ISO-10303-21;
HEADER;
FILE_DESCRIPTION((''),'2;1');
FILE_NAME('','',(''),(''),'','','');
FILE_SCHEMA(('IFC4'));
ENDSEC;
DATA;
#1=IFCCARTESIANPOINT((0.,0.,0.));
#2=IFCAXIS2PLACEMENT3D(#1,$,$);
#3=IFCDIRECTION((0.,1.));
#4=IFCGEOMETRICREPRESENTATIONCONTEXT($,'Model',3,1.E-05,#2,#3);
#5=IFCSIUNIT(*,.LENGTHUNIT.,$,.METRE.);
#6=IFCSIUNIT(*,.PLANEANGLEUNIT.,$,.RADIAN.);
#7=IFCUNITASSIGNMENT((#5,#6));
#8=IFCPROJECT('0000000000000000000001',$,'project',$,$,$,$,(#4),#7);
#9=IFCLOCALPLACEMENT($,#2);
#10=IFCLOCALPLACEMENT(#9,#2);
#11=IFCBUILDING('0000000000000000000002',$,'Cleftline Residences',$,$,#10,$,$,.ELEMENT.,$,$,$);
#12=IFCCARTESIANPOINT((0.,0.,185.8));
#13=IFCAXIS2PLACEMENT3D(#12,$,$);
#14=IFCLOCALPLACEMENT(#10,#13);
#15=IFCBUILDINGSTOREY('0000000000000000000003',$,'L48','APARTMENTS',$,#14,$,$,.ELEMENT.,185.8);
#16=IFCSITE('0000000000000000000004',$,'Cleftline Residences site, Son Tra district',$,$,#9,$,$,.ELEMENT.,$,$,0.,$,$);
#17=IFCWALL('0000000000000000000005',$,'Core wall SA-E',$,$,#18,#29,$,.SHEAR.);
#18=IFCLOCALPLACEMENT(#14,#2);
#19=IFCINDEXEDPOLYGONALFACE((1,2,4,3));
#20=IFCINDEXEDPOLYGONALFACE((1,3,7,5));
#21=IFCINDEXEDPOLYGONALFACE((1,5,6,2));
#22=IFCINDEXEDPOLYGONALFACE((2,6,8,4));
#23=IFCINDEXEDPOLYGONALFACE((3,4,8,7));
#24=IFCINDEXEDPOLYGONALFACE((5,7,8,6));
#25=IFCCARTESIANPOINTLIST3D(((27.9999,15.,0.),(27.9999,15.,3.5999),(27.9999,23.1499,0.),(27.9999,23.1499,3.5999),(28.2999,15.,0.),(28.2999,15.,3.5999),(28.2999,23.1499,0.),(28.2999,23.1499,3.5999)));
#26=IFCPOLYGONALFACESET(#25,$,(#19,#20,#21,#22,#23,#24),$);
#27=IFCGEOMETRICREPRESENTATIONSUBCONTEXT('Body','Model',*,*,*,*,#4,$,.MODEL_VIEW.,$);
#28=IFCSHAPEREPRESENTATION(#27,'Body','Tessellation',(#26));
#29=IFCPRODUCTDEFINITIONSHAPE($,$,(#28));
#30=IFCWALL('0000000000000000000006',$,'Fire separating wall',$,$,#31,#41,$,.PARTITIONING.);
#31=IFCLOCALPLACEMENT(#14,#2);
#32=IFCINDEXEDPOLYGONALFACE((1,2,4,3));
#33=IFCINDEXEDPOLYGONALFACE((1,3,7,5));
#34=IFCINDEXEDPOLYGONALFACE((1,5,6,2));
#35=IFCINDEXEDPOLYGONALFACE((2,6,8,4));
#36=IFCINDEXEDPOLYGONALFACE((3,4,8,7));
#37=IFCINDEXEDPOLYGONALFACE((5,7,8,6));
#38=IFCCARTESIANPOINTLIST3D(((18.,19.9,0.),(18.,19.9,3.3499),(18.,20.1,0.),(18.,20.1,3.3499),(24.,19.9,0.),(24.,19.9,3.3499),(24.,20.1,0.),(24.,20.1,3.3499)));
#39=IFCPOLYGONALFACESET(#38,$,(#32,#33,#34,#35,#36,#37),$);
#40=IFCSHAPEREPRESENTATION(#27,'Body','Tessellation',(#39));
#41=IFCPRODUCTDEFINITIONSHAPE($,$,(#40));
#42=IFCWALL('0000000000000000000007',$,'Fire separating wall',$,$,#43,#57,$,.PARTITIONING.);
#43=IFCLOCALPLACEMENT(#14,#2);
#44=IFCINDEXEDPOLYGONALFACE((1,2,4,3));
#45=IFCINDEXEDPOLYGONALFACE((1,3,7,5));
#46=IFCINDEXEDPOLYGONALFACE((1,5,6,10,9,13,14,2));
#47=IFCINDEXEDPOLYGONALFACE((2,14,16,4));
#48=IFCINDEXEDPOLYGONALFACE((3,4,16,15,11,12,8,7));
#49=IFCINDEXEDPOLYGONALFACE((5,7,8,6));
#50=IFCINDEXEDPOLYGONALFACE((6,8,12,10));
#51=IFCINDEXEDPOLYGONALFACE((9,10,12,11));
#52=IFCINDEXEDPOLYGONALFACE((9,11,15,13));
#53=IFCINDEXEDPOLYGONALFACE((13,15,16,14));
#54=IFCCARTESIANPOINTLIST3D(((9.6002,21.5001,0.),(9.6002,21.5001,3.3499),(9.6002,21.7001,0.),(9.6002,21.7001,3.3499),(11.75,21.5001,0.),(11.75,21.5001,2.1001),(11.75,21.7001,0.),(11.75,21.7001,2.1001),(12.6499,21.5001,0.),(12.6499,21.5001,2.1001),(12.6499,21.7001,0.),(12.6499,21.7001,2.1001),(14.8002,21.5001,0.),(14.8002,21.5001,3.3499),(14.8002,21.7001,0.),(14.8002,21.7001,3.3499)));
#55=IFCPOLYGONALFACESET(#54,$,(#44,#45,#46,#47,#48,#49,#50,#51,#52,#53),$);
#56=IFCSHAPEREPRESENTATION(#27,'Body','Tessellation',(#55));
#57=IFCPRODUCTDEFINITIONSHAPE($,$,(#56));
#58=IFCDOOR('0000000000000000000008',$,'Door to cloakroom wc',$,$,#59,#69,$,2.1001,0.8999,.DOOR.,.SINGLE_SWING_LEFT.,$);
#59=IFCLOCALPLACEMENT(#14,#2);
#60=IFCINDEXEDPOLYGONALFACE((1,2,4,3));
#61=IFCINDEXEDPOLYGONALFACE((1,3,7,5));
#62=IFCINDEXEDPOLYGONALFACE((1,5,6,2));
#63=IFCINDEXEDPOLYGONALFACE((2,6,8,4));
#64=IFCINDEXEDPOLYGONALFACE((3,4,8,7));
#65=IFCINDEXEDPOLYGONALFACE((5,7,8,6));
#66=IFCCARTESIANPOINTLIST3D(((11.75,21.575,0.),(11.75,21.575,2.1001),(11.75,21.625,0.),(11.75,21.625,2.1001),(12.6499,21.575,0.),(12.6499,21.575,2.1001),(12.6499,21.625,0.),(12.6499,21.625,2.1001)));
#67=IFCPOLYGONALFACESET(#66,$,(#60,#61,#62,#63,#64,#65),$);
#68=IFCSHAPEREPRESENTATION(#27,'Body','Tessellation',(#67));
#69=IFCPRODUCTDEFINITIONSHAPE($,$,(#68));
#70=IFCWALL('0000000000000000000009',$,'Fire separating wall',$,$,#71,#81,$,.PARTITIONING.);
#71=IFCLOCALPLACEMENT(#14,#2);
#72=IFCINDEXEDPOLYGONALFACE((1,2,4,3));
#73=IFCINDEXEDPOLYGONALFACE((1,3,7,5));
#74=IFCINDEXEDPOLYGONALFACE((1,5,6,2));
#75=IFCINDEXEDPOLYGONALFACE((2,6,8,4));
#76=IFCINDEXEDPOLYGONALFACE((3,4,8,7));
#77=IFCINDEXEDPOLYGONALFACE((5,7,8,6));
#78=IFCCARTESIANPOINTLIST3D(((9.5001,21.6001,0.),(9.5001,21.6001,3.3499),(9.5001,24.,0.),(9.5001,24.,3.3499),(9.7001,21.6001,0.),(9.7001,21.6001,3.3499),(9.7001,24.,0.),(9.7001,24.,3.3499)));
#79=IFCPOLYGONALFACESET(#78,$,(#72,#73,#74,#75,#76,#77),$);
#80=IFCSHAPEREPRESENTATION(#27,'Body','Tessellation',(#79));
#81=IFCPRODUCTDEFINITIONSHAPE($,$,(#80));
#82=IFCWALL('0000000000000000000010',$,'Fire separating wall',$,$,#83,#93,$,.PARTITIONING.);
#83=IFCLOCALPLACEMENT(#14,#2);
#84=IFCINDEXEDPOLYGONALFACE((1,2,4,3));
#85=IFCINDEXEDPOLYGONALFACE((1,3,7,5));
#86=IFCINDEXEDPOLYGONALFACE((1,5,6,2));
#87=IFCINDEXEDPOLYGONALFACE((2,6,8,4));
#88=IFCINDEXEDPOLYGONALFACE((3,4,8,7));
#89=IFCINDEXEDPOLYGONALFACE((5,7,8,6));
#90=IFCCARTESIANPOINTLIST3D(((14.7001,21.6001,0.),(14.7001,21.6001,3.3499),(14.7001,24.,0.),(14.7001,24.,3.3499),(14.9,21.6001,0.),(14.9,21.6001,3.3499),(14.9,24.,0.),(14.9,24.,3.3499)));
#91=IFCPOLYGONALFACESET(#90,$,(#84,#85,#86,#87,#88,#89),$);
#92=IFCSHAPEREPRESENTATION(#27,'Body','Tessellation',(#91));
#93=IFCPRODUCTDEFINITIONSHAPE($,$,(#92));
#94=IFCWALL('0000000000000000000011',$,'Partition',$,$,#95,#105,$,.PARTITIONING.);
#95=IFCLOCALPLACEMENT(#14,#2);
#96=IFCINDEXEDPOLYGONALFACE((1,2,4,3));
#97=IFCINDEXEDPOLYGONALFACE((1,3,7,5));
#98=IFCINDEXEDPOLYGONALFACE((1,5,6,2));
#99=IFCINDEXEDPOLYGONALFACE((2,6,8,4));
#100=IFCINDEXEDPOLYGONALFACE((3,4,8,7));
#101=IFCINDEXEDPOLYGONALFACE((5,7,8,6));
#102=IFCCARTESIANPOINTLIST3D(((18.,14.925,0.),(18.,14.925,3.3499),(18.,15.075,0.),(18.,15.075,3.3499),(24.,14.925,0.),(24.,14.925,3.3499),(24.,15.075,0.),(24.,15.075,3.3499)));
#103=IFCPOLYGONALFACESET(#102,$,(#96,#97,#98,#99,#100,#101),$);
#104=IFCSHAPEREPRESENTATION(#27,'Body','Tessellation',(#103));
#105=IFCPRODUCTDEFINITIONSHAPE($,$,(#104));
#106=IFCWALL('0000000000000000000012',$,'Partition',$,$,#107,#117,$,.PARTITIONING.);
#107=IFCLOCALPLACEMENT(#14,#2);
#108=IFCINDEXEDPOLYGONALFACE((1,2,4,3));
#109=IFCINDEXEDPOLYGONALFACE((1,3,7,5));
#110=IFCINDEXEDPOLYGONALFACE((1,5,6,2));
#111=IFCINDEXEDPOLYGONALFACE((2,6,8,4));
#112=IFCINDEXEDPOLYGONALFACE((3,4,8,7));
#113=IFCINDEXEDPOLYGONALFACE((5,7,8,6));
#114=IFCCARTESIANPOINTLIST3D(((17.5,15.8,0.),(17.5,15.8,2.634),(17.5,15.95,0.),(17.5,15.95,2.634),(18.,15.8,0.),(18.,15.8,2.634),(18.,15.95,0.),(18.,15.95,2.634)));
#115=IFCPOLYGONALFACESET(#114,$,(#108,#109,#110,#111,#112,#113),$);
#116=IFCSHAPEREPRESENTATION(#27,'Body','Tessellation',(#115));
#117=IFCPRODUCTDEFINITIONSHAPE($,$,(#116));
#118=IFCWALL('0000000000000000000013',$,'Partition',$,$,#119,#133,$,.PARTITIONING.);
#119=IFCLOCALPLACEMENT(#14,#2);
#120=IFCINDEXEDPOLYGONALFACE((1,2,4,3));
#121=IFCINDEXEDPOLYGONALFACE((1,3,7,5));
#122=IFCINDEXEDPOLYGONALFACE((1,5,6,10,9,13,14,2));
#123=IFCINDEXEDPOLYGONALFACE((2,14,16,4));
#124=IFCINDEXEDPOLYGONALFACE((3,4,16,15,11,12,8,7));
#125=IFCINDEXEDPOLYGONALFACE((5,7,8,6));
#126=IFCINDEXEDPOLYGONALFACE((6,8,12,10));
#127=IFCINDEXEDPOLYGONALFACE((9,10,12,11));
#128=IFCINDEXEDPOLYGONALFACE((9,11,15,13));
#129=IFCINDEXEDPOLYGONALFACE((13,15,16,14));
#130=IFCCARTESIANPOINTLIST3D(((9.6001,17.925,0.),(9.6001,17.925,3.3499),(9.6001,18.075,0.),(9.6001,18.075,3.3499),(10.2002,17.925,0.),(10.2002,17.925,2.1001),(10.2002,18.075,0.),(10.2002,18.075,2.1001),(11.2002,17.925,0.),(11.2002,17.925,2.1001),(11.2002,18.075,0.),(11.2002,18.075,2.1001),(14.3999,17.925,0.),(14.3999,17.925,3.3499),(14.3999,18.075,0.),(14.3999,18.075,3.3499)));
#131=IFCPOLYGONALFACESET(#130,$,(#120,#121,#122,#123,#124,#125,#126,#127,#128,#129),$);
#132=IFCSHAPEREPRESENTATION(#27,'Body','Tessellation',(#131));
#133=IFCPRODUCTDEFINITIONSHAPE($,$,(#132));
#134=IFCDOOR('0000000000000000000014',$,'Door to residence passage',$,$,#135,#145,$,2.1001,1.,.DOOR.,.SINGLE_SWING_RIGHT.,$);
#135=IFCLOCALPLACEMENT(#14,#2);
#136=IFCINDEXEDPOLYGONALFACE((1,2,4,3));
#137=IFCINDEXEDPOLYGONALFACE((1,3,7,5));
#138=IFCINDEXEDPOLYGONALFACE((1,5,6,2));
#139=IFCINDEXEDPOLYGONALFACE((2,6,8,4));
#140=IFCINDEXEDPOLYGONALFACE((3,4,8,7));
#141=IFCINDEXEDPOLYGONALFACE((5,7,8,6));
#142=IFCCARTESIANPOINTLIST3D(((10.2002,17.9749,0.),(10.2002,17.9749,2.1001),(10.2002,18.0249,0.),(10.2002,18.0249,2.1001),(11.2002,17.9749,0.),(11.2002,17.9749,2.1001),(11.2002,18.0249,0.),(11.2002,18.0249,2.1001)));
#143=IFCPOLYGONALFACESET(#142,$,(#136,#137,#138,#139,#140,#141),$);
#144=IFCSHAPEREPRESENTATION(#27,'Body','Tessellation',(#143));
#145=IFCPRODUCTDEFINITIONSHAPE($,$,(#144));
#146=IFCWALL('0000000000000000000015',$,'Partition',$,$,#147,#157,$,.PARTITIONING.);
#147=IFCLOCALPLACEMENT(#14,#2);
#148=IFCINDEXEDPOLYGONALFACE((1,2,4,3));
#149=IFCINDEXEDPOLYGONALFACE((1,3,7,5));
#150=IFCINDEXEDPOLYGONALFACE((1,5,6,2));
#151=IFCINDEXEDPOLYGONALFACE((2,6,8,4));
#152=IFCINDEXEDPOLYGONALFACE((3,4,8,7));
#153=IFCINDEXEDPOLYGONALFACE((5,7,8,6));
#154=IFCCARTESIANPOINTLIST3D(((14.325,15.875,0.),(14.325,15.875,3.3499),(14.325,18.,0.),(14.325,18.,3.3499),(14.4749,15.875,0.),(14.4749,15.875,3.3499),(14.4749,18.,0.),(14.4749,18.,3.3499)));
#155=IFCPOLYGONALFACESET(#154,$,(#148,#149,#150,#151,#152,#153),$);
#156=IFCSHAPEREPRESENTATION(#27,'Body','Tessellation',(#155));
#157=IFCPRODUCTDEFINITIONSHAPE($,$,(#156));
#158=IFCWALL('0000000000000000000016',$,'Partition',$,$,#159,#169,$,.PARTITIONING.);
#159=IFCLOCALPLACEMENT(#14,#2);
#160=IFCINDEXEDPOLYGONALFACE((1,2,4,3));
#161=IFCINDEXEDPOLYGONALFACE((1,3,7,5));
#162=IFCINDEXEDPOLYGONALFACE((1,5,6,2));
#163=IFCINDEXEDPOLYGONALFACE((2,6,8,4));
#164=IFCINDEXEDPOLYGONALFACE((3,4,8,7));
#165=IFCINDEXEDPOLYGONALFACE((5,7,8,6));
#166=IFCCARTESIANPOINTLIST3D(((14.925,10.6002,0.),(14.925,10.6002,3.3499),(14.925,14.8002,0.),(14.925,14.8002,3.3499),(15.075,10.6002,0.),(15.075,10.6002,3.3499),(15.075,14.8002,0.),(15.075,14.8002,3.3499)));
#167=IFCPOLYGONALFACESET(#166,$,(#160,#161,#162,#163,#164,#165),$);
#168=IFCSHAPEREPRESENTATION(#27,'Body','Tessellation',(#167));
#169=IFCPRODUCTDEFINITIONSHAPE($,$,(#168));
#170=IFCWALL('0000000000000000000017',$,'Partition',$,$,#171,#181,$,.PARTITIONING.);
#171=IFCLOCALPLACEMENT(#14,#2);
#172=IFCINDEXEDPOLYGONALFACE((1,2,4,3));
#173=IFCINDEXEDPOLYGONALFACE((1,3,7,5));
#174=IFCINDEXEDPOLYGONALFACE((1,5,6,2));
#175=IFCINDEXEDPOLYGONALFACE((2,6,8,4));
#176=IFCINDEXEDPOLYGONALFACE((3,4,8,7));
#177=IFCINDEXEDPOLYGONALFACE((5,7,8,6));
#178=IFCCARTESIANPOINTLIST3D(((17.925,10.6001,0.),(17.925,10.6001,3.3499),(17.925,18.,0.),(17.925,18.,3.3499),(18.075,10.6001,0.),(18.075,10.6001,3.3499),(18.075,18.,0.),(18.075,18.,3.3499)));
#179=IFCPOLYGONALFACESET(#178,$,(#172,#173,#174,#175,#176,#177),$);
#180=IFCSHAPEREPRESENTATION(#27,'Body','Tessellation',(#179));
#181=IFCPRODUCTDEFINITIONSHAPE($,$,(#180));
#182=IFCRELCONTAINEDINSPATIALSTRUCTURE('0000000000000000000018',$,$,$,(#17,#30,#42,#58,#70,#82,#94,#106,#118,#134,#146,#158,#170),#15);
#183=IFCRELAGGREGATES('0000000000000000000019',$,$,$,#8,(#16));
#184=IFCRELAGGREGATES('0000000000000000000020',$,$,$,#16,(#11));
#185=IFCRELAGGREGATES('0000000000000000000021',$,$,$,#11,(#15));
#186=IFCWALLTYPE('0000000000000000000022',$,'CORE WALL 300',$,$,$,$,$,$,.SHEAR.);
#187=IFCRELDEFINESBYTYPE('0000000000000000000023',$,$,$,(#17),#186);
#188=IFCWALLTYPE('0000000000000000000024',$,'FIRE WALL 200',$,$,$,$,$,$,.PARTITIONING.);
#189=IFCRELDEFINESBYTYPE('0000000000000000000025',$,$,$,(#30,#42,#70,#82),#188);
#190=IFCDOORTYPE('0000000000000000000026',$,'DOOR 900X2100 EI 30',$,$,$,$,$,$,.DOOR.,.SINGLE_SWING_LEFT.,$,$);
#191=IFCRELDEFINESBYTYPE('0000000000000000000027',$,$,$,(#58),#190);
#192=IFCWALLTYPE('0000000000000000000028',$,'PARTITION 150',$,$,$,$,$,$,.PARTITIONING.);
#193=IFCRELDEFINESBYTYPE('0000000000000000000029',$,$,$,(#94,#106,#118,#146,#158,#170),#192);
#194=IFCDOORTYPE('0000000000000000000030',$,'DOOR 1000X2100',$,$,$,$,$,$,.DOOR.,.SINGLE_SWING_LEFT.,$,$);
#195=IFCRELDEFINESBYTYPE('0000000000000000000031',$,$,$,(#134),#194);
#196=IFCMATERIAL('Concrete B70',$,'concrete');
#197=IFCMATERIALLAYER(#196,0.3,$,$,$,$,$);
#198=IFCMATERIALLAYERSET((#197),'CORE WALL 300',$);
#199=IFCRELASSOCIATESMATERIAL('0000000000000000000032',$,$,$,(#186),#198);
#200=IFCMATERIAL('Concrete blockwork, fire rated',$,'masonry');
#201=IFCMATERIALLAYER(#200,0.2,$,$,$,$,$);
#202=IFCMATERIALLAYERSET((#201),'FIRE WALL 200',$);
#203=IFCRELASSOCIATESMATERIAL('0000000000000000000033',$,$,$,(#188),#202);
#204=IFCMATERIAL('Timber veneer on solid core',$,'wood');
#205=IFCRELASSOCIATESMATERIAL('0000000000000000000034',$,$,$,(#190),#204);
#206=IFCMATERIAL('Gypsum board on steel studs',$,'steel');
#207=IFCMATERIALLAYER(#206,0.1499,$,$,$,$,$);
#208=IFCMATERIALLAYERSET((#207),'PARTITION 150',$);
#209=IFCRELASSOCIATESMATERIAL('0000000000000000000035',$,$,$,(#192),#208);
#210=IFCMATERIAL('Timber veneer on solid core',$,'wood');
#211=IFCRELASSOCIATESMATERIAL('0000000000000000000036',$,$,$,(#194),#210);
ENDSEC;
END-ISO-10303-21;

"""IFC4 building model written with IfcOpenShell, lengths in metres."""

from ifc_helpers import new_model, si_unit, direction, frame, frame_2d, origin, place, context, subcontext, project, spatial, rectangle, extrude, material, layer, layer_set, type_object, element, fill, save


model = new_model("IFC4")

# Units and contexts
model_context = context("Model", 3, precision=1e-05, world=origin(), true_north=direction((0.0, 1.0)))
body_context = subcontext(model_context, "Body", "Model", "MODEL_VIEW")
ifc_project = project(units=[si_unit("LENGTHUNIT", "METRE"), si_unit("PLANEANGLEUNIT", "RADIAN")], contexts=[model_context])

# Site, building, storey
site_placement = place(None, origin())
site = spatial("IfcSite", under=ifc_project, at=site_placement, Name="Cleftline Residences site, Son Tra district", CompositionType="ELEMENT", RefElevation=0.0)
building_placement = place(site_placement, origin())
building = spatial("IfcBuilding", under=site, at=building_placement, Name="Cleftline Residences", CompositionType="ELEMENT")
storey_placement = place(building_placement, frame((0.0, 0.0, 185.8)))
storey = spatial("IfcBuildingStorey", under=building, at=storey_placement, Name="L48", Description="APARTMENTS", CompositionType="ELEMENT", Elevation=185.8)

# Walls
ifc_material_1 = material(Name="Concrete B70", Category="concrete")
ifc_layer_1 = layer(ifc_material_1, 0.3)
ifc_layer_set_1 = layer_set([ifc_layer_1], Name="CORE WALL 300")
wall_type_1 = type_object("IfcWallType", Name="CORE WALL 300", PredefinedType="SHEAR", material=ifc_layer_set_1)
wall_1_placement = place(storey_placement, frame((28.1499, 15.0, 0.0), z_axis=(0.0, 0.0, 1.0), x_axis=(0.0, 1.0, 0.0)))
element("IfcWall", 1, at=wall_1_placement, inside=storey, type_object=wall_type_1, Name="Core wall SA-E", PredefinedType="SHEAR", context=body_context, shape_type="SweptSolid", body=[
    extrude(rectangle(XDim=8.1499, YDim=0.3, at=frame_2d((4.075, 0.0))), origin(), (0.0, 0.0, 1.0), 3.5999),
])
ifc_material_2 = material(Name="Concrete blockwork, fire rated", Category="masonry")
ifc_layer_2 = layer(ifc_material_2, 0.2)
ifc_layer_set_2 = layer_set([ifc_layer_2], Name="FIRE WALL 200")
wall_type_2 = type_object("IfcWallType", Name="FIRE WALL 200", PredefinedType="PARTITIONING", material=ifc_layer_set_2)
wall_2_placement = place(storey_placement, frame((18.0, 20.0, 0.0), z_axis=(0.0, 0.0, 1.0), x_axis=(1.0, 0.0, 0.0)))
element("IfcWall", 2, at=wall_2_placement, inside=storey, type_object=wall_type_2, Name="Fire separating wall", PredefinedType="PARTITIONING", context=body_context, shape_type="SweptSolid", body=[
    extrude(rectangle(XDim=6.0, YDim=0.2, at=frame_2d((3.0, 0.0))), origin(), (0.0, 0.0, 1.0), 3.3499),
])

# Wall, opening, door
wall_3_placement = place(storey_placement, frame((9.6001, 21.6001, 0.0), z_axis=(0.0, 0.0, 1.0), x_axis=(1.0, 0.0, 0.0)))
wall_3 = element("IfcWall", 3, at=wall_3_placement, inside=storey, type_object=wall_type_2, Name="Fire separating wall", PredefinedType="PARTITIONING", context=body_context, shape_type="SweptSolid", body=[
    extrude(rectangle(XDim=5.2, YDim=0.2, at=frame_2d((2.6001, 0.0))), origin(), (0.0, 0.0, 1.0), 3.3499),
])
opening_1_placement = place(wall_3_placement, frame((2.1499, 0.0, 0.0)))
opening_1 = element("IfcOpeningElement", 4, at=opening_1_placement, cuts=wall_3, PredefinedType="OPENING", context=body_context, shape_type="SweptSolid", body=[
    extrude(rectangle(XDim=0.8999, YDim=2.1001, at=frame_2d((0.45, 1.05))), frame((0.0, 0.1099, 0.0), z_axis=(0.0, -1.0, 0.0), x_axis=(1.0, 0.0, 0.0)), (0.0, 0.0, 1.0), 0.22),
])
ifc_material_3 = material(Name="Timber veneer on solid core", Category="wood")
door_type_1 = type_object("IfcDoorType", Name="DOOR 900X2100 EI 30", OperationType="SINGLE_SWING_LEFT", PredefinedType="DOOR", material=ifc_material_3)
door_1_placement = place(opening_1_placement, origin())
door_1 = element("IfcDoor", 5, at=door_1_placement, inside=storey, type_object=door_type_1, Name="Door to cloakroom wc", OperationType="SINGLE_SWING_LEFT", OverallHeight=2.1001, OverallWidth=0.8999, PredefinedType="DOOR", context=body_context, shape_type="SweptSolid", body=[
    extrude(rectangle(XDim=0.8999, YDim=2.1001, at=frame_2d((0.45, 1.05))), frame((0.0, 0.0249, 0.0), z_axis=(0.0, -1.0, 0.0), x_axis=(1.0, 0.0, 0.0)), (0.0, 0.0, 1.0), 0.05),
])
fill(opening_1, door_1)

# Walls
for number, where, z_axis, x_axis, name in (
    (6, (9.6001, 21.6001, 0.0), (0.0, 0.0, 1.0), (0.0, 1.0, 0.0), "Fire separating wall"),
    (7, (14.8, 21.6001, 0.0), (0.0, 0.0, 1.0), (0.0, 1.0, 0.0), "Fire separating wall"),
):
    element("IfcWall", number, at=place(storey_placement, frame(where, z_axis=z_axis, x_axis=x_axis)), inside=storey, type_object=wall_type_2, Name=name, PredefinedType="PARTITIONING", context=body_context, shape_type="SweptSolid", body=[
        extrude(rectangle(XDim=2.3999, YDim=0.2, at=frame_2d((1.2, 0.0))), origin(), (0.0, 0.0, 1.0), 3.3499),
    ])

# Walls
ifc_material_4 = material(Name="Gypsum board on steel studs", Category="steel")
ifc_layer_3 = layer(ifc_material_4, 0.1499)
ifc_layer_set_3 = layer_set([ifc_layer_3], Name="PARTITION 150")
wall_type_3 = type_object("IfcWallType", Name="PARTITION 150", PredefinedType="PARTITIONING", material=ifc_layer_set_3)
wall_4_placement = place(storey_placement, frame((18.0, 15.0, 0.0), z_axis=(0.0, 0.0, 1.0), x_axis=(1.0, 0.0, 0.0)))
element("IfcWall", 8, at=wall_4_placement, inside=storey, type_object=wall_type_3, Name="Partition", PredefinedType="PARTITIONING", context=body_context, shape_type="SweptSolid", body=[
    extrude(rectangle(XDim=6.0, YDim=0.1499, at=frame_2d((3.0, 0.0))), origin(), (0.0, 0.0, 1.0), 3.3499),
])
wall_5_placement = place(storey_placement, frame((17.5, 15.875, 0.0), z_axis=(0.0, 0.0, 1.0), x_axis=(1.0, 0.0, 0.0)))
element("IfcWall", 9, at=wall_5_placement, inside=storey, type_object=wall_type_3, Name="Partition", PredefinedType="PARTITIONING", context=body_context, shape_type="SweptSolid", body=[
    extrude(rectangle(XDim=0.5, YDim=0.1499, at=frame_2d((0.25, 0.0))), origin(), (0.0, 0.0, 1.0), 2.634),
])

# Wall, opening, door
wall_6_placement = place(storey_placement, frame((9.6001, 18.0, 0.0), z_axis=(0.0, 0.0, 1.0), x_axis=(1.0, 0.0, 0.0)))
wall_6 = element("IfcWall", 10, at=wall_6_placement, inside=storey, type_object=wall_type_3, Name="Partition", PredefinedType="PARTITIONING", context=body_context, shape_type="SweptSolid", body=[
    extrude(rectangle(XDim=4.7998, YDim=0.1499, at=frame_2d((2.3999, 0.0))), origin(), (0.0, 0.0, 1.0), 3.3499),
])
opening_2_placement = place(wall_6_placement, frame((0.6001, 0.0, 0.0)))
opening_2 = element("IfcOpeningElement", 11, at=opening_2_placement, cuts=wall_6, PredefinedType="OPENING", context=body_context, shape_type="SweptSolid", body=[
    extrude(rectangle(XDim=1.0, YDim=2.1001, at=frame_2d((0.5, 1.05))), frame((0.0, 0.085, 0.0), z_axis=(0.0, -1.0, 0.0), x_axis=(1.0, 0.0, 0.0)), (0.0, 0.0, 1.0), 0.1699),
])
ifc_material_5 = material(Name="Timber veneer on solid core", Category="wood")
door_type_2 = type_object("IfcDoorType", Name="DOOR 1000X2100", OperationType="SINGLE_SWING_LEFT", PredefinedType="DOOR", material=ifc_material_5)
door_2_placement = place(opening_2_placement, origin())
door_2 = element("IfcDoor", 12, at=door_2_placement, inside=storey, type_object=door_type_2, Name="Door to residence passage", OperationType="SINGLE_SWING_RIGHT", OverallHeight=2.1001, OverallWidth=1.0, PredefinedType="DOOR", context=body_context, shape_type="SweptSolid", body=[
    extrude(rectangle(XDim=1.0, YDim=2.1001, at=frame_2d((0.5, 1.05))), frame((0.0, 0.0249, 0.0), z_axis=(0.0, -1.0, 0.0), x_axis=(1.0, 0.0, 0.0)), (0.0, 0.0, 1.0), 0.05),
])
fill(opening_2, door_2)

# Walls
wall_7_placement = place(storey_placement, frame((14.3999, 15.875, 0.0), z_axis=(0.0, 0.0, 1.0), x_axis=(0.0, 1.0, 0.0)))
element("IfcWall", 13, at=wall_7_placement, inside=storey, type_object=wall_type_3, Name="Partition", PredefinedType="PARTITIONING", context=body_context, shape_type="SweptSolid", body=[
    extrude(rectangle(XDim=2.125, YDim=0.1499, at=frame_2d((1.0625, 0.0))), origin(), (0.0, 0.0, 1.0), 3.3499),
])
wall_8_placement = place(storey_placement, frame((15.0, 10.6001, 0.0), z_axis=(0.0, 0.0, 1.0), x_axis=(0.0, 1.0, 0.0)))
element("IfcWall", 14, at=wall_8_placement, inside=storey, type_object=wall_type_3, Name="Partition", PredefinedType="PARTITIONING", context=body_context, shape_type="SweptSolid", body=[
    extrude(rectangle(XDim=4.2, YDim=0.1499, at=frame_2d((2.1001, 0.0))), origin(), (0.0, 0.0, 1.0), 3.3499),
])
wall_9_placement = place(storey_placement, frame((18.0, 10.6001, 0.0), z_axis=(0.0, 0.0, 1.0), x_axis=(0.0, 1.0, 0.0)))
element("IfcWall", 15, at=wall_9_placement, inside=storey, type_object=wall_type_3, Name="Partition", PredefinedType="PARTITIONING", context=body_context, shape_type="SweptSolid", body=[
    extrude(rectangle(XDim=7.3999, YDim=0.1499, at=frame_2d((3.7, 0.0))), origin(), (0.0, 0.0, 1.0), 3.3499),
])

save(model, "model.ifc")
